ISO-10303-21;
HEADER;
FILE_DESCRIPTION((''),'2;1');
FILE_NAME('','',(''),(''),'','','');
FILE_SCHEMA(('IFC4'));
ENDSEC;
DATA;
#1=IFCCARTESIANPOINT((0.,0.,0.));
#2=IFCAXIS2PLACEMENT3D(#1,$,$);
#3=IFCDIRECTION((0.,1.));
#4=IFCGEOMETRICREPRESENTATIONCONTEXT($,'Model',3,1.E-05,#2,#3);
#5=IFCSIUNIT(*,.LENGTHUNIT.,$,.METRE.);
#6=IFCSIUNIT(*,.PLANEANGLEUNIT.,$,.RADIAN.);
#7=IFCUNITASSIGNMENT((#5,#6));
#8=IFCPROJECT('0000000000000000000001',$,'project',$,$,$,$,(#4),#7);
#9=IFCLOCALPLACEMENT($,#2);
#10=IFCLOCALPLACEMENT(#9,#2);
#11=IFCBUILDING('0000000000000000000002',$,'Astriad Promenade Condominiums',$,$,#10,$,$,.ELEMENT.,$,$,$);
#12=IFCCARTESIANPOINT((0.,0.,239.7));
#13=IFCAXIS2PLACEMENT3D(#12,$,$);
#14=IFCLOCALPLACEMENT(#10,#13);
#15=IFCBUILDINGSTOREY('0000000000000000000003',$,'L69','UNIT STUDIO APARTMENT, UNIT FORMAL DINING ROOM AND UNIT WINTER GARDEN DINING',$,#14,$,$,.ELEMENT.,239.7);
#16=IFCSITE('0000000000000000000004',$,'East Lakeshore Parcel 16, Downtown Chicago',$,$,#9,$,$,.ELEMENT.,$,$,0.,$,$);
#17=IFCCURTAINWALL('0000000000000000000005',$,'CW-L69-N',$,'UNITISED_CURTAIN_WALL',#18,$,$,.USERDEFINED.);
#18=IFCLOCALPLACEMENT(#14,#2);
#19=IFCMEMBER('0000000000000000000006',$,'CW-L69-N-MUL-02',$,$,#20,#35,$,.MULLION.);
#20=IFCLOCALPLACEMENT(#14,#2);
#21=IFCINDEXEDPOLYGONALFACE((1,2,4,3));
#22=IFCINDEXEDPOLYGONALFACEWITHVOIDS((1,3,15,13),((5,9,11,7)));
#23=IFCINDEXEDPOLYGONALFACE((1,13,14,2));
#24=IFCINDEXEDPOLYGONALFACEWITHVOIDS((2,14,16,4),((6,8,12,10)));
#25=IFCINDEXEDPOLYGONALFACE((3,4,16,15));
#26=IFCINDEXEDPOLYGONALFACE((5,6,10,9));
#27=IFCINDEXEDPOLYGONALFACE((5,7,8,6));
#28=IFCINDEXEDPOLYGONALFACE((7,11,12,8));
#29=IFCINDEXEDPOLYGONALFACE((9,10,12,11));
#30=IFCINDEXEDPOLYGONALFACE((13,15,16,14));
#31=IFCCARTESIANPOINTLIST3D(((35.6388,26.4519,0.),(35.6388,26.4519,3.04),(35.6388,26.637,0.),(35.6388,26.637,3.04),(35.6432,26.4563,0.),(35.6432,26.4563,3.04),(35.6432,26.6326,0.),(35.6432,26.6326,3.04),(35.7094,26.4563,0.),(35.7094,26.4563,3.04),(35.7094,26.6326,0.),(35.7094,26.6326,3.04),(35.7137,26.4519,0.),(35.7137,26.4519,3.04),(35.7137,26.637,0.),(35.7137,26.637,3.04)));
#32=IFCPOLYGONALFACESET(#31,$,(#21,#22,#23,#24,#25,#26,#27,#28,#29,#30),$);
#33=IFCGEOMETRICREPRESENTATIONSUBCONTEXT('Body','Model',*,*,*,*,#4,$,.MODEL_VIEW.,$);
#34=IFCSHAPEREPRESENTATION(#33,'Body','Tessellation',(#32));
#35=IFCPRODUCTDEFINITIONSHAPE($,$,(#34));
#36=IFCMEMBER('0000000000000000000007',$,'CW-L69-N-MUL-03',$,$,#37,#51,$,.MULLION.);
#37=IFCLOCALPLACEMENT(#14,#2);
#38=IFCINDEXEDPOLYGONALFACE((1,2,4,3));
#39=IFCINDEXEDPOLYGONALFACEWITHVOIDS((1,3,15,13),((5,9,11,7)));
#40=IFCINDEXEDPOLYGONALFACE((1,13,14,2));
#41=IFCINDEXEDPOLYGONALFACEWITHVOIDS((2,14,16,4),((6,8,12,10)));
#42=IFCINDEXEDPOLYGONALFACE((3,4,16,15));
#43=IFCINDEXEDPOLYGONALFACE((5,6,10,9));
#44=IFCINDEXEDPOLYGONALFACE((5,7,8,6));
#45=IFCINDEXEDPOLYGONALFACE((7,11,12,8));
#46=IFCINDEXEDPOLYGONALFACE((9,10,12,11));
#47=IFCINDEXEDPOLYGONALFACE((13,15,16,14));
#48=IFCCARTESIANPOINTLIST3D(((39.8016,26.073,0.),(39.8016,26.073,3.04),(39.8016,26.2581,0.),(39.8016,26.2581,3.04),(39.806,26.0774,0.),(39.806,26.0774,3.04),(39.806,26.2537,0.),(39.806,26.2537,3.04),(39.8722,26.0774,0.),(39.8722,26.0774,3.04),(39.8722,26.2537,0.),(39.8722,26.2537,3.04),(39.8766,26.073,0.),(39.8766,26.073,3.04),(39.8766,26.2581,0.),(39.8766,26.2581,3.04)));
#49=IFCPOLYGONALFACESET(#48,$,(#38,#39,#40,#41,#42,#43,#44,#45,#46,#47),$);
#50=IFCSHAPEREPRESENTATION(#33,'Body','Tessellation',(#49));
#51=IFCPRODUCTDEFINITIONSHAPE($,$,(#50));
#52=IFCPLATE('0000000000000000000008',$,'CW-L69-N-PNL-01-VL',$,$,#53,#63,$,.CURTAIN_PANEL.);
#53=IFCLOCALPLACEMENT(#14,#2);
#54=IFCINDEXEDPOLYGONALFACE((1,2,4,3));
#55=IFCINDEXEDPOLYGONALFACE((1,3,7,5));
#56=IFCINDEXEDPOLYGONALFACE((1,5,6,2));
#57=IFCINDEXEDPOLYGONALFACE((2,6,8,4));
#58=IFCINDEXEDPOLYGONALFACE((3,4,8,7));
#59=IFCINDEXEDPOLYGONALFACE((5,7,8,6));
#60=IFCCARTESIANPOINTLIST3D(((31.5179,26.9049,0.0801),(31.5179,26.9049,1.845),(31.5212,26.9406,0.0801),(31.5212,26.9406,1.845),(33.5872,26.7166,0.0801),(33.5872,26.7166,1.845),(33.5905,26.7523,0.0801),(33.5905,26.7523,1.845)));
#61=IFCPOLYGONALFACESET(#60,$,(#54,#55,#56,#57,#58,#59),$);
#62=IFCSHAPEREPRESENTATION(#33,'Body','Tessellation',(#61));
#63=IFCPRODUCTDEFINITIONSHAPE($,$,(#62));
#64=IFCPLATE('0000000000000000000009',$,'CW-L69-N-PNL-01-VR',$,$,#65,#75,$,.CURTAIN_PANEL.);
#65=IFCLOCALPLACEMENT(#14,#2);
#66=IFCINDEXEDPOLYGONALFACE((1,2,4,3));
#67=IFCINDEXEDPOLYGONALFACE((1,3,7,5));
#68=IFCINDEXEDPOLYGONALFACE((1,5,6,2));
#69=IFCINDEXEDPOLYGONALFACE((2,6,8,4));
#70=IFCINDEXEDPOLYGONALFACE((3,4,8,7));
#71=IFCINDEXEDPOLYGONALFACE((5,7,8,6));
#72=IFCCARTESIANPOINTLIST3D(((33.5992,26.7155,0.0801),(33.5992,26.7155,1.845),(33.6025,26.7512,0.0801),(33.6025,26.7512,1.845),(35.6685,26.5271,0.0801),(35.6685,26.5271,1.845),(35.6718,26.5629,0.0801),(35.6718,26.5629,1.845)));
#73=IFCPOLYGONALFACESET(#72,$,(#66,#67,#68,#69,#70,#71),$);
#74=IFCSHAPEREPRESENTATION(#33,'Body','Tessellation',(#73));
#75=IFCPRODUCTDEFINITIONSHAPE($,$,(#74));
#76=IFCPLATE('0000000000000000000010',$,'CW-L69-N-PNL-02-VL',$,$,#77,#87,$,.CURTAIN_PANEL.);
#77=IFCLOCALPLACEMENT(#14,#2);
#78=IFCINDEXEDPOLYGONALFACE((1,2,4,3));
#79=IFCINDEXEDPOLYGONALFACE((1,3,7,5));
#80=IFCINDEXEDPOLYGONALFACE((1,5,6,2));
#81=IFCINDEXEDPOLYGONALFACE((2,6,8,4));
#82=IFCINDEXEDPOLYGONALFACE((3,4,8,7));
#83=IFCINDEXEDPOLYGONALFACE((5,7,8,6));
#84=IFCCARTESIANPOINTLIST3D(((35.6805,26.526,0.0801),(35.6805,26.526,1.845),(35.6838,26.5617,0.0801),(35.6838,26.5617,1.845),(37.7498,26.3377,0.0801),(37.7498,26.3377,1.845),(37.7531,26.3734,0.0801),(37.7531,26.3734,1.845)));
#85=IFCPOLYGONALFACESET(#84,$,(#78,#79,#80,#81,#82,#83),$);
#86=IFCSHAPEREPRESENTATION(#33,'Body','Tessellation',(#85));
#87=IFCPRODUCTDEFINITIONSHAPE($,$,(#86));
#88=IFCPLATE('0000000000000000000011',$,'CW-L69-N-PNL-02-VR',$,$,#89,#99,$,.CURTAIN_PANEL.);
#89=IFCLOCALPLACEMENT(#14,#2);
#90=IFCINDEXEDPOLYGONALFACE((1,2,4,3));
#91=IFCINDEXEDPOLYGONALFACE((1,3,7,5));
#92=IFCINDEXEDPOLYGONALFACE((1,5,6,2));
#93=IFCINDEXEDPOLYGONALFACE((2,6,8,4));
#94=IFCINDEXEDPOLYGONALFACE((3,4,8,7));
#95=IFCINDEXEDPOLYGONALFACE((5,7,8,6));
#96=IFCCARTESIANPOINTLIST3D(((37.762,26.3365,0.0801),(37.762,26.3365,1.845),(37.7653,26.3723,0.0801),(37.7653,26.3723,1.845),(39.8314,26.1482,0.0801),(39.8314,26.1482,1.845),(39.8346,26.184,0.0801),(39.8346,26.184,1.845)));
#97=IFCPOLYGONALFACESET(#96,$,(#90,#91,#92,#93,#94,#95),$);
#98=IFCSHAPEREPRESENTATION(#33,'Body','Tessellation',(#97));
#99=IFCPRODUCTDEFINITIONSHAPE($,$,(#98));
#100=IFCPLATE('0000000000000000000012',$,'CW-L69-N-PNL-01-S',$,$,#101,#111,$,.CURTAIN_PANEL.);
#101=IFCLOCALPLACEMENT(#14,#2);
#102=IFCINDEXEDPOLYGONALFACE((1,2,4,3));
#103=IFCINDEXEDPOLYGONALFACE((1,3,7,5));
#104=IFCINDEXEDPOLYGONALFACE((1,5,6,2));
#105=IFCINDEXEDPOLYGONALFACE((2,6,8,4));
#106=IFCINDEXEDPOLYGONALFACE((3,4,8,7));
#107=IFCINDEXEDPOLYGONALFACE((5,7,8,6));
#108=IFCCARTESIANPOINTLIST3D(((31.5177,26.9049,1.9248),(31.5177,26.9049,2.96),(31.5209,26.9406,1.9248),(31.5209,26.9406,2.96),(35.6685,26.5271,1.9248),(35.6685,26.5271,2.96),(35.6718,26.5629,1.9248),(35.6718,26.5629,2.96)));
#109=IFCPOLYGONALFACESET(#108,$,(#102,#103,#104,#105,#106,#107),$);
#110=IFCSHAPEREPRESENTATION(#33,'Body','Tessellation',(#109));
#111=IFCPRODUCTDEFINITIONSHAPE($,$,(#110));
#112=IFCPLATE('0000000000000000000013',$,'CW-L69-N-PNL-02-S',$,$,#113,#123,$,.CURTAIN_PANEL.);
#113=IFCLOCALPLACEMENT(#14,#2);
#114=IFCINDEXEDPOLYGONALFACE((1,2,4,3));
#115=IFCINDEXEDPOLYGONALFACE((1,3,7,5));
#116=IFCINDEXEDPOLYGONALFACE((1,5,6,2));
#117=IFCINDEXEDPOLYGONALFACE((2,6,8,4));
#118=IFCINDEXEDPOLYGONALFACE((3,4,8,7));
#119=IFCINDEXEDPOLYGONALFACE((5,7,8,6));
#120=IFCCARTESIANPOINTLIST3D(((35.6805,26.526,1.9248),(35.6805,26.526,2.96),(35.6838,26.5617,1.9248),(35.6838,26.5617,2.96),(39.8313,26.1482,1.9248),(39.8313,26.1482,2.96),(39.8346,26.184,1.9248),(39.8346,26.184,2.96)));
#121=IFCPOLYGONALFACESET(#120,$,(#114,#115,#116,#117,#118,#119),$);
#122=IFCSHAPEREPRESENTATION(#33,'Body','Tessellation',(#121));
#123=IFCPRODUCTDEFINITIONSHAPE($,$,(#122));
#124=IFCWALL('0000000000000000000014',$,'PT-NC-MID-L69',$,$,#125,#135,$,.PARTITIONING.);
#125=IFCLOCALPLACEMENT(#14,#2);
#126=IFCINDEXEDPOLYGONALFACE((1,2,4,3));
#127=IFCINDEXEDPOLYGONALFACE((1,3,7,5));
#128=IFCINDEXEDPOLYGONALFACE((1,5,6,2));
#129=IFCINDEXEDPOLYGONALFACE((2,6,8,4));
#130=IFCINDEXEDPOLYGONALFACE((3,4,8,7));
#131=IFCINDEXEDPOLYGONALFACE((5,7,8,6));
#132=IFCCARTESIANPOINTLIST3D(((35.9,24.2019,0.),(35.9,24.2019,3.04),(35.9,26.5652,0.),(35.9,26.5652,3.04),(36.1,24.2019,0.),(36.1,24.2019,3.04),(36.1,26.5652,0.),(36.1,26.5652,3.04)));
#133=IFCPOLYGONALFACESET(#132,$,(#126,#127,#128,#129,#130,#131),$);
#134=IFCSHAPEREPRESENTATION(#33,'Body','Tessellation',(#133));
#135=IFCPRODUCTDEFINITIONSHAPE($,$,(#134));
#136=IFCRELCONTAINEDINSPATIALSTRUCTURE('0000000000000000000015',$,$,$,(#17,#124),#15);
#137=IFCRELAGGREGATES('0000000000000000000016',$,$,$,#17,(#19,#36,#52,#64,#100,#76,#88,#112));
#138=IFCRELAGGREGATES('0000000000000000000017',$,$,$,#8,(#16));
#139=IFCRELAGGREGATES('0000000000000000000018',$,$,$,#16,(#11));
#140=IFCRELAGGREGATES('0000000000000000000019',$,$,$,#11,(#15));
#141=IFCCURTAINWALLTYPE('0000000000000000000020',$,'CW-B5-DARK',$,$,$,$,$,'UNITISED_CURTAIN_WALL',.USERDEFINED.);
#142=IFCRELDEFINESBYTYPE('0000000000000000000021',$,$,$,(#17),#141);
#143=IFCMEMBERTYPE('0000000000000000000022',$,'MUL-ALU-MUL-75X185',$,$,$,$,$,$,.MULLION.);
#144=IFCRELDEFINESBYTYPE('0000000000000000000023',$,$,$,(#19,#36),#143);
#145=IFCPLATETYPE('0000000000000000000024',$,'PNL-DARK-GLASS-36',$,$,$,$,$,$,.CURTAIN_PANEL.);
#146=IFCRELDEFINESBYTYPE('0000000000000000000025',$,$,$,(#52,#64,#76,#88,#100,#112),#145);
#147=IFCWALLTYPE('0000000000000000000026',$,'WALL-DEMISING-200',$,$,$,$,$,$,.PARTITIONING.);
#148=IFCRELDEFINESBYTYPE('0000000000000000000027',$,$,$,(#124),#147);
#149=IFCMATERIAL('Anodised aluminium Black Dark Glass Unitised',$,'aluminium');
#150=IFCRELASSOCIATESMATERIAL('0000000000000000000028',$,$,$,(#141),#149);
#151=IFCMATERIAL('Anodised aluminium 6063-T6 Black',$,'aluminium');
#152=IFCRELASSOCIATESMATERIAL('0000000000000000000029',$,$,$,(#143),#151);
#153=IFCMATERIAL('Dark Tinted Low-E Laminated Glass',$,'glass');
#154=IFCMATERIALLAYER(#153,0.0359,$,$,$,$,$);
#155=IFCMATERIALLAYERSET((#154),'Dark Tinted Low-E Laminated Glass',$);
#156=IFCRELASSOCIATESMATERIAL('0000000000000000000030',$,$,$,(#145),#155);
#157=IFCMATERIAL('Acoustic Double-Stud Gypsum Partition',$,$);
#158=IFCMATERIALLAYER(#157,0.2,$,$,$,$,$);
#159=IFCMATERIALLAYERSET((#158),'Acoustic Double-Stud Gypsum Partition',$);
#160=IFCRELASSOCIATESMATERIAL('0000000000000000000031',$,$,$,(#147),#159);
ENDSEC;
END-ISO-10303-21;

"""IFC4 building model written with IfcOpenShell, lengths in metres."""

from ifc_helpers import new_model, si_unit, direction, frame, frame_2d, origin, origin_2d, place, context, subcontext, project, spatial, rectangle, hollow_rectangle, extrude, source, transform, mapped, material, layer, layer_set, material_profile, profile_set, type_object, type_shapes, element, aggregate, save


model = new_model("IFC4")

# Units and contexts
model_context = context("Model", 3, precision=1e-05, world=origin(), true_north=direction((0.0, 1.0)))
body_context = subcontext(model_context, "Body", "Model", "MODEL_VIEW")
ifc_project = project(units=[si_unit("LENGTHUNIT", "METRE"), si_unit("PLANEANGLEUNIT", "RADIAN")], contexts=[model_context])

# Site, building, storey
site_placement = place(None, origin())
site = spatial("IfcSite", under=ifc_project, at=site_placement, Name="East Lakeshore Parcel 16, Downtown Chicago", CompositionType="ELEMENT", RefElevation=0.0)
building_placement = place(site_placement, origin())
building = spatial("IfcBuilding", under=site, at=building_placement, Name="Astriad Promenade Condominiums", CompositionType="ELEMENT")
storey_placement = place(building_placement, frame((0.0, 0.0, 239.7)))
storey = spatial("IfcBuildingStorey", under=building, at=storey_placement, Name="L69", Description="UNIT STUDIO APARTMENT, UNIT FORMAL DINING ROOM AND UNIT WINTER GARDEN DINING", CompositionType="ELEMENT", Elevation=239.7)

# Curtain wall, members, plates
ifc_material_1 = material(Name="Anodised aluminium Black Dark Glass Unitised", Category="aluminium")
curtain_wall_type = type_object("IfcCurtainWallType", Name="CW-B5-DARK", ElementType="UNITISED_CURTAIN_WALL", PredefinedType="USERDEFINED", material=ifc_material_1)
curtain_wall_placement = place(storey_placement, origin())
curtain_wall = element("IfcCurtainWall", 1, at=curtain_wall_placement, inside=storey, type_object=curtain_wall_type, Name="CW-L69-N", ObjectType="UNITISED_CURTAIN_WALL", PredefinedType="USERDEFINED")
ifc_material_2 = material(Name="Anodised aluminium 6063-T6 Black", Category="aluminium")
ifc_material_profile_1 = material_profile(ifc_material_2, hollow_rectangle(XDim=0.075, YDim=0.1851, WallThickness=0.0044, at=origin_2d()), Name="ALU-MUL-75X185")
ifc_profile_set_1 = profile_set([ifc_material_profile_1], Name="Anodised aluminium 6063-T6 Black")
member_type_1 = type_object("IfcMemberType", Name="MUL-ALU-MUL-75X185", PredefinedType="MULLION", material=ifc_profile_set_1)
shared_shape_1 = source(origin(), body_context, "Body", "SweptSolid", [
    extrude(hollow_rectangle(XDim=0.075, YDim=0.1851, WallThickness=0.0044, at=origin_2d()), origin(), (0.0, 0.0, 1.0), 3.04),
])
type_shapes(member_type_1, [shared_shape_1])
member_1_placement = place(storey_placement, frame((35.6763, 26.5444, 0.0), z_axis=(0.0, 0.0, 1.0), x_axis=(1.0, 0.0, 0.0)))
member_1 = element("IfcMember", 2, at=member_1_placement, type_object=member_type_1, Name="CW-L69-N-MUL-02", PredefinedType="MULLION", context=body_context, shape_type="MappedRepresentation", body=[
    mapped(shared_shape_1, transform((0.0, 0.0, 0.0), scale=1.0)),
])
member_2_placement = place(storey_placement, frame((39.8391, 26.1655, 0.0), z_axis=(0.0, 0.0, 1.0), x_axis=(1.0, 0.0, 0.0)))
member_2 = element("IfcMember", 3, at=member_2_placement, type_object=member_type_1, Name="CW-L69-N-MUL-03", PredefinedType="MULLION", context=body_context, shape_type="MappedRepresentation", body=[
    mapped(shared_shape_1, transform((0.0, 0.0, 0.0), scale=1.0)),
])
ifc_material_3 = material(Name="Dark Tinted Low-E Laminated Glass", Category="glass")
ifc_layer_1 = layer(ifc_material_3, 0.0359)
ifc_layer_set_1 = layer_set([ifc_layer_1], Name="Dark Tinted Low-E Laminated Glass")
plate_type = type_object("IfcPlateType", Name="PNL-DARK-GLASS-36", PredefinedType="CURTAIN_PANEL", material=ifc_layer_set_1)
shared_shape_2 = source(origin(), body_context, "Body", "SweptSolid", [
    extrude(rectangle(XDim=2.0779, YDim=0.0359, at=origin_2d()), origin(), (0.0, 0.0, 1.0), 1.7649),
])
plate_1_placement = place(storey_placement, frame((32.5542, 26.8286, 0.0801), z_axis=(0.0, 0.0, 1.0), x_axis=(0.995884, -0.090633, 0.0)))
plate_1 = element("IfcPlate", 4, at=plate_1_placement, type_object=plate_type, Name="CW-L69-N-PNL-01-VL", PredefinedType="CURTAIN_PANEL", context=body_context, shape_type="MappedRepresentation", body=[
    mapped(shared_shape_2, transform((0.0, 0.0, 0.0), scale=1.0)),
])
plate_2_placement = place(storey_placement, frame((34.6355, 26.6392, 0.0801), z_axis=(0.0, 0.0, 1.0), x_axis=(0.995884, -0.090633, 0.0)))
plate_2 = element("IfcPlate", 5, at=plate_2_placement, type_object=plate_type, Name="CW-L69-N-PNL-01-VR", PredefinedType="CURTAIN_PANEL", context=body_context, shape_type="MappedRepresentation", body=[
    mapped(shared_shape_2, transform((0.0, 0.0, 0.0), scale=1.0)),
])
plate_3_placement = place(storey_placement, frame((36.7168, 26.4497, 0.0801), z_axis=(0.0, 0.0, 1.0), x_axis=(0.995884, -0.090633, 0.0)))
plate_3 = element("IfcPlate", 6, at=plate_3_placement, type_object=plate_type, Name="CW-L69-N-PNL-02-VL", PredefinedType="CURTAIN_PANEL", context=body_context, shape_type="MappedRepresentation", body=[
    mapped(shared_shape_2, transform((0.0, 0.0, 0.0), scale=1.0)),
])
plate_4_placement = place(storey_placement, frame((38.7983, 26.2603, 0.0801), z_axis=(0.0, 0.0, 1.0), x_axis=(0.995884, -0.090633, 0.0)))
plate_4 = element("IfcPlate", 7, at=plate_4_placement, type_object=plate_type, Name="CW-L69-N-PNL-02-VR", PredefinedType="CURTAIN_PANEL", context=body_context, shape_type="MappedRepresentation", body=[
    mapped(shared_shape_2, transform((0.0, 0.0, 0.0), scale=1.0)),
])
shared_shape_3 = source(origin(), body_context, "Body", "SweptSolid", [
    extrude(rectangle(XDim=4.168, YDim=0.0359, at=origin_2d()), origin(), (0.0, 0.0, 1.0), 1.0352),
])
type_shapes(plate_type, [shared_shape_2, shared_shape_3])
plate_5_placement = place(storey_placement, frame((33.5947, 26.7339, 1.9248), z_axis=(0.0, 0.0, 1.0), x_axis=(0.995884, -0.090633, 0.0)))
plate_5 = element("IfcPlate", 8, at=plate_5_placement, type_object=plate_type, Name="CW-L69-N-PNL-01-S", PredefinedType="CURTAIN_PANEL", context=body_context, shape_type="MappedRepresentation", body=[
    mapped(shared_shape_3, transform((0.0, 0.0, 0.0), scale=1.0)),
])
plate_6_placement = place(storey_placement, frame((37.7576, 26.355, 1.9248), z_axis=(0.0, 0.0, 1.0), x_axis=(0.995884, -0.090633, 0.0)))
plate_6 = element("IfcPlate", 9, at=plate_6_placement, type_object=plate_type, Name="CW-L69-N-PNL-02-S", PredefinedType="CURTAIN_PANEL", context=body_context, shape_type="MappedRepresentation", body=[
    mapped(shared_shape_3, transform((0.0, 0.0, 0.0), scale=1.0)),
])
aggregate(curtain_wall, [member_1, member_2, plate_1, plate_2, plate_5, plate_3, plate_4, plate_6])

# Wall
ifc_material_4 = material(Name="Acoustic Double-Stud Gypsum Partition")
ifc_layer_2 = layer(ifc_material_4, 0.2)
ifc_layer_set_2 = layer_set([ifc_layer_2], Name="Acoustic Double-Stud Gypsum Partition")
wall_type_1 = type_object("IfcWallType", Name="WALL-DEMISING-200", PredefinedType="PARTITIONING", material=ifc_layer_set_2)
wall_1_placement = place(storey_placement, frame((36.0, 24.2019, 0.0), z_axis=(0.0, 0.0, 1.0), x_axis=(0.0, 1.0, 0.0)))
element("IfcWall", 10, at=wall_1_placement, inside=storey, type_object=wall_type_1, Name="PT-NC-MID-L69", PredefinedType="PARTITIONING", context=body_context, shape_type="SweptSolid", body=[
    extrude(rectangle(XDim=2.3633, YDim=0.2, at=frame_2d((1.1816, 0.0))), origin(), (0.0, 0.0, 1.0), 3.04),
])

save(model, "model.ifc")
